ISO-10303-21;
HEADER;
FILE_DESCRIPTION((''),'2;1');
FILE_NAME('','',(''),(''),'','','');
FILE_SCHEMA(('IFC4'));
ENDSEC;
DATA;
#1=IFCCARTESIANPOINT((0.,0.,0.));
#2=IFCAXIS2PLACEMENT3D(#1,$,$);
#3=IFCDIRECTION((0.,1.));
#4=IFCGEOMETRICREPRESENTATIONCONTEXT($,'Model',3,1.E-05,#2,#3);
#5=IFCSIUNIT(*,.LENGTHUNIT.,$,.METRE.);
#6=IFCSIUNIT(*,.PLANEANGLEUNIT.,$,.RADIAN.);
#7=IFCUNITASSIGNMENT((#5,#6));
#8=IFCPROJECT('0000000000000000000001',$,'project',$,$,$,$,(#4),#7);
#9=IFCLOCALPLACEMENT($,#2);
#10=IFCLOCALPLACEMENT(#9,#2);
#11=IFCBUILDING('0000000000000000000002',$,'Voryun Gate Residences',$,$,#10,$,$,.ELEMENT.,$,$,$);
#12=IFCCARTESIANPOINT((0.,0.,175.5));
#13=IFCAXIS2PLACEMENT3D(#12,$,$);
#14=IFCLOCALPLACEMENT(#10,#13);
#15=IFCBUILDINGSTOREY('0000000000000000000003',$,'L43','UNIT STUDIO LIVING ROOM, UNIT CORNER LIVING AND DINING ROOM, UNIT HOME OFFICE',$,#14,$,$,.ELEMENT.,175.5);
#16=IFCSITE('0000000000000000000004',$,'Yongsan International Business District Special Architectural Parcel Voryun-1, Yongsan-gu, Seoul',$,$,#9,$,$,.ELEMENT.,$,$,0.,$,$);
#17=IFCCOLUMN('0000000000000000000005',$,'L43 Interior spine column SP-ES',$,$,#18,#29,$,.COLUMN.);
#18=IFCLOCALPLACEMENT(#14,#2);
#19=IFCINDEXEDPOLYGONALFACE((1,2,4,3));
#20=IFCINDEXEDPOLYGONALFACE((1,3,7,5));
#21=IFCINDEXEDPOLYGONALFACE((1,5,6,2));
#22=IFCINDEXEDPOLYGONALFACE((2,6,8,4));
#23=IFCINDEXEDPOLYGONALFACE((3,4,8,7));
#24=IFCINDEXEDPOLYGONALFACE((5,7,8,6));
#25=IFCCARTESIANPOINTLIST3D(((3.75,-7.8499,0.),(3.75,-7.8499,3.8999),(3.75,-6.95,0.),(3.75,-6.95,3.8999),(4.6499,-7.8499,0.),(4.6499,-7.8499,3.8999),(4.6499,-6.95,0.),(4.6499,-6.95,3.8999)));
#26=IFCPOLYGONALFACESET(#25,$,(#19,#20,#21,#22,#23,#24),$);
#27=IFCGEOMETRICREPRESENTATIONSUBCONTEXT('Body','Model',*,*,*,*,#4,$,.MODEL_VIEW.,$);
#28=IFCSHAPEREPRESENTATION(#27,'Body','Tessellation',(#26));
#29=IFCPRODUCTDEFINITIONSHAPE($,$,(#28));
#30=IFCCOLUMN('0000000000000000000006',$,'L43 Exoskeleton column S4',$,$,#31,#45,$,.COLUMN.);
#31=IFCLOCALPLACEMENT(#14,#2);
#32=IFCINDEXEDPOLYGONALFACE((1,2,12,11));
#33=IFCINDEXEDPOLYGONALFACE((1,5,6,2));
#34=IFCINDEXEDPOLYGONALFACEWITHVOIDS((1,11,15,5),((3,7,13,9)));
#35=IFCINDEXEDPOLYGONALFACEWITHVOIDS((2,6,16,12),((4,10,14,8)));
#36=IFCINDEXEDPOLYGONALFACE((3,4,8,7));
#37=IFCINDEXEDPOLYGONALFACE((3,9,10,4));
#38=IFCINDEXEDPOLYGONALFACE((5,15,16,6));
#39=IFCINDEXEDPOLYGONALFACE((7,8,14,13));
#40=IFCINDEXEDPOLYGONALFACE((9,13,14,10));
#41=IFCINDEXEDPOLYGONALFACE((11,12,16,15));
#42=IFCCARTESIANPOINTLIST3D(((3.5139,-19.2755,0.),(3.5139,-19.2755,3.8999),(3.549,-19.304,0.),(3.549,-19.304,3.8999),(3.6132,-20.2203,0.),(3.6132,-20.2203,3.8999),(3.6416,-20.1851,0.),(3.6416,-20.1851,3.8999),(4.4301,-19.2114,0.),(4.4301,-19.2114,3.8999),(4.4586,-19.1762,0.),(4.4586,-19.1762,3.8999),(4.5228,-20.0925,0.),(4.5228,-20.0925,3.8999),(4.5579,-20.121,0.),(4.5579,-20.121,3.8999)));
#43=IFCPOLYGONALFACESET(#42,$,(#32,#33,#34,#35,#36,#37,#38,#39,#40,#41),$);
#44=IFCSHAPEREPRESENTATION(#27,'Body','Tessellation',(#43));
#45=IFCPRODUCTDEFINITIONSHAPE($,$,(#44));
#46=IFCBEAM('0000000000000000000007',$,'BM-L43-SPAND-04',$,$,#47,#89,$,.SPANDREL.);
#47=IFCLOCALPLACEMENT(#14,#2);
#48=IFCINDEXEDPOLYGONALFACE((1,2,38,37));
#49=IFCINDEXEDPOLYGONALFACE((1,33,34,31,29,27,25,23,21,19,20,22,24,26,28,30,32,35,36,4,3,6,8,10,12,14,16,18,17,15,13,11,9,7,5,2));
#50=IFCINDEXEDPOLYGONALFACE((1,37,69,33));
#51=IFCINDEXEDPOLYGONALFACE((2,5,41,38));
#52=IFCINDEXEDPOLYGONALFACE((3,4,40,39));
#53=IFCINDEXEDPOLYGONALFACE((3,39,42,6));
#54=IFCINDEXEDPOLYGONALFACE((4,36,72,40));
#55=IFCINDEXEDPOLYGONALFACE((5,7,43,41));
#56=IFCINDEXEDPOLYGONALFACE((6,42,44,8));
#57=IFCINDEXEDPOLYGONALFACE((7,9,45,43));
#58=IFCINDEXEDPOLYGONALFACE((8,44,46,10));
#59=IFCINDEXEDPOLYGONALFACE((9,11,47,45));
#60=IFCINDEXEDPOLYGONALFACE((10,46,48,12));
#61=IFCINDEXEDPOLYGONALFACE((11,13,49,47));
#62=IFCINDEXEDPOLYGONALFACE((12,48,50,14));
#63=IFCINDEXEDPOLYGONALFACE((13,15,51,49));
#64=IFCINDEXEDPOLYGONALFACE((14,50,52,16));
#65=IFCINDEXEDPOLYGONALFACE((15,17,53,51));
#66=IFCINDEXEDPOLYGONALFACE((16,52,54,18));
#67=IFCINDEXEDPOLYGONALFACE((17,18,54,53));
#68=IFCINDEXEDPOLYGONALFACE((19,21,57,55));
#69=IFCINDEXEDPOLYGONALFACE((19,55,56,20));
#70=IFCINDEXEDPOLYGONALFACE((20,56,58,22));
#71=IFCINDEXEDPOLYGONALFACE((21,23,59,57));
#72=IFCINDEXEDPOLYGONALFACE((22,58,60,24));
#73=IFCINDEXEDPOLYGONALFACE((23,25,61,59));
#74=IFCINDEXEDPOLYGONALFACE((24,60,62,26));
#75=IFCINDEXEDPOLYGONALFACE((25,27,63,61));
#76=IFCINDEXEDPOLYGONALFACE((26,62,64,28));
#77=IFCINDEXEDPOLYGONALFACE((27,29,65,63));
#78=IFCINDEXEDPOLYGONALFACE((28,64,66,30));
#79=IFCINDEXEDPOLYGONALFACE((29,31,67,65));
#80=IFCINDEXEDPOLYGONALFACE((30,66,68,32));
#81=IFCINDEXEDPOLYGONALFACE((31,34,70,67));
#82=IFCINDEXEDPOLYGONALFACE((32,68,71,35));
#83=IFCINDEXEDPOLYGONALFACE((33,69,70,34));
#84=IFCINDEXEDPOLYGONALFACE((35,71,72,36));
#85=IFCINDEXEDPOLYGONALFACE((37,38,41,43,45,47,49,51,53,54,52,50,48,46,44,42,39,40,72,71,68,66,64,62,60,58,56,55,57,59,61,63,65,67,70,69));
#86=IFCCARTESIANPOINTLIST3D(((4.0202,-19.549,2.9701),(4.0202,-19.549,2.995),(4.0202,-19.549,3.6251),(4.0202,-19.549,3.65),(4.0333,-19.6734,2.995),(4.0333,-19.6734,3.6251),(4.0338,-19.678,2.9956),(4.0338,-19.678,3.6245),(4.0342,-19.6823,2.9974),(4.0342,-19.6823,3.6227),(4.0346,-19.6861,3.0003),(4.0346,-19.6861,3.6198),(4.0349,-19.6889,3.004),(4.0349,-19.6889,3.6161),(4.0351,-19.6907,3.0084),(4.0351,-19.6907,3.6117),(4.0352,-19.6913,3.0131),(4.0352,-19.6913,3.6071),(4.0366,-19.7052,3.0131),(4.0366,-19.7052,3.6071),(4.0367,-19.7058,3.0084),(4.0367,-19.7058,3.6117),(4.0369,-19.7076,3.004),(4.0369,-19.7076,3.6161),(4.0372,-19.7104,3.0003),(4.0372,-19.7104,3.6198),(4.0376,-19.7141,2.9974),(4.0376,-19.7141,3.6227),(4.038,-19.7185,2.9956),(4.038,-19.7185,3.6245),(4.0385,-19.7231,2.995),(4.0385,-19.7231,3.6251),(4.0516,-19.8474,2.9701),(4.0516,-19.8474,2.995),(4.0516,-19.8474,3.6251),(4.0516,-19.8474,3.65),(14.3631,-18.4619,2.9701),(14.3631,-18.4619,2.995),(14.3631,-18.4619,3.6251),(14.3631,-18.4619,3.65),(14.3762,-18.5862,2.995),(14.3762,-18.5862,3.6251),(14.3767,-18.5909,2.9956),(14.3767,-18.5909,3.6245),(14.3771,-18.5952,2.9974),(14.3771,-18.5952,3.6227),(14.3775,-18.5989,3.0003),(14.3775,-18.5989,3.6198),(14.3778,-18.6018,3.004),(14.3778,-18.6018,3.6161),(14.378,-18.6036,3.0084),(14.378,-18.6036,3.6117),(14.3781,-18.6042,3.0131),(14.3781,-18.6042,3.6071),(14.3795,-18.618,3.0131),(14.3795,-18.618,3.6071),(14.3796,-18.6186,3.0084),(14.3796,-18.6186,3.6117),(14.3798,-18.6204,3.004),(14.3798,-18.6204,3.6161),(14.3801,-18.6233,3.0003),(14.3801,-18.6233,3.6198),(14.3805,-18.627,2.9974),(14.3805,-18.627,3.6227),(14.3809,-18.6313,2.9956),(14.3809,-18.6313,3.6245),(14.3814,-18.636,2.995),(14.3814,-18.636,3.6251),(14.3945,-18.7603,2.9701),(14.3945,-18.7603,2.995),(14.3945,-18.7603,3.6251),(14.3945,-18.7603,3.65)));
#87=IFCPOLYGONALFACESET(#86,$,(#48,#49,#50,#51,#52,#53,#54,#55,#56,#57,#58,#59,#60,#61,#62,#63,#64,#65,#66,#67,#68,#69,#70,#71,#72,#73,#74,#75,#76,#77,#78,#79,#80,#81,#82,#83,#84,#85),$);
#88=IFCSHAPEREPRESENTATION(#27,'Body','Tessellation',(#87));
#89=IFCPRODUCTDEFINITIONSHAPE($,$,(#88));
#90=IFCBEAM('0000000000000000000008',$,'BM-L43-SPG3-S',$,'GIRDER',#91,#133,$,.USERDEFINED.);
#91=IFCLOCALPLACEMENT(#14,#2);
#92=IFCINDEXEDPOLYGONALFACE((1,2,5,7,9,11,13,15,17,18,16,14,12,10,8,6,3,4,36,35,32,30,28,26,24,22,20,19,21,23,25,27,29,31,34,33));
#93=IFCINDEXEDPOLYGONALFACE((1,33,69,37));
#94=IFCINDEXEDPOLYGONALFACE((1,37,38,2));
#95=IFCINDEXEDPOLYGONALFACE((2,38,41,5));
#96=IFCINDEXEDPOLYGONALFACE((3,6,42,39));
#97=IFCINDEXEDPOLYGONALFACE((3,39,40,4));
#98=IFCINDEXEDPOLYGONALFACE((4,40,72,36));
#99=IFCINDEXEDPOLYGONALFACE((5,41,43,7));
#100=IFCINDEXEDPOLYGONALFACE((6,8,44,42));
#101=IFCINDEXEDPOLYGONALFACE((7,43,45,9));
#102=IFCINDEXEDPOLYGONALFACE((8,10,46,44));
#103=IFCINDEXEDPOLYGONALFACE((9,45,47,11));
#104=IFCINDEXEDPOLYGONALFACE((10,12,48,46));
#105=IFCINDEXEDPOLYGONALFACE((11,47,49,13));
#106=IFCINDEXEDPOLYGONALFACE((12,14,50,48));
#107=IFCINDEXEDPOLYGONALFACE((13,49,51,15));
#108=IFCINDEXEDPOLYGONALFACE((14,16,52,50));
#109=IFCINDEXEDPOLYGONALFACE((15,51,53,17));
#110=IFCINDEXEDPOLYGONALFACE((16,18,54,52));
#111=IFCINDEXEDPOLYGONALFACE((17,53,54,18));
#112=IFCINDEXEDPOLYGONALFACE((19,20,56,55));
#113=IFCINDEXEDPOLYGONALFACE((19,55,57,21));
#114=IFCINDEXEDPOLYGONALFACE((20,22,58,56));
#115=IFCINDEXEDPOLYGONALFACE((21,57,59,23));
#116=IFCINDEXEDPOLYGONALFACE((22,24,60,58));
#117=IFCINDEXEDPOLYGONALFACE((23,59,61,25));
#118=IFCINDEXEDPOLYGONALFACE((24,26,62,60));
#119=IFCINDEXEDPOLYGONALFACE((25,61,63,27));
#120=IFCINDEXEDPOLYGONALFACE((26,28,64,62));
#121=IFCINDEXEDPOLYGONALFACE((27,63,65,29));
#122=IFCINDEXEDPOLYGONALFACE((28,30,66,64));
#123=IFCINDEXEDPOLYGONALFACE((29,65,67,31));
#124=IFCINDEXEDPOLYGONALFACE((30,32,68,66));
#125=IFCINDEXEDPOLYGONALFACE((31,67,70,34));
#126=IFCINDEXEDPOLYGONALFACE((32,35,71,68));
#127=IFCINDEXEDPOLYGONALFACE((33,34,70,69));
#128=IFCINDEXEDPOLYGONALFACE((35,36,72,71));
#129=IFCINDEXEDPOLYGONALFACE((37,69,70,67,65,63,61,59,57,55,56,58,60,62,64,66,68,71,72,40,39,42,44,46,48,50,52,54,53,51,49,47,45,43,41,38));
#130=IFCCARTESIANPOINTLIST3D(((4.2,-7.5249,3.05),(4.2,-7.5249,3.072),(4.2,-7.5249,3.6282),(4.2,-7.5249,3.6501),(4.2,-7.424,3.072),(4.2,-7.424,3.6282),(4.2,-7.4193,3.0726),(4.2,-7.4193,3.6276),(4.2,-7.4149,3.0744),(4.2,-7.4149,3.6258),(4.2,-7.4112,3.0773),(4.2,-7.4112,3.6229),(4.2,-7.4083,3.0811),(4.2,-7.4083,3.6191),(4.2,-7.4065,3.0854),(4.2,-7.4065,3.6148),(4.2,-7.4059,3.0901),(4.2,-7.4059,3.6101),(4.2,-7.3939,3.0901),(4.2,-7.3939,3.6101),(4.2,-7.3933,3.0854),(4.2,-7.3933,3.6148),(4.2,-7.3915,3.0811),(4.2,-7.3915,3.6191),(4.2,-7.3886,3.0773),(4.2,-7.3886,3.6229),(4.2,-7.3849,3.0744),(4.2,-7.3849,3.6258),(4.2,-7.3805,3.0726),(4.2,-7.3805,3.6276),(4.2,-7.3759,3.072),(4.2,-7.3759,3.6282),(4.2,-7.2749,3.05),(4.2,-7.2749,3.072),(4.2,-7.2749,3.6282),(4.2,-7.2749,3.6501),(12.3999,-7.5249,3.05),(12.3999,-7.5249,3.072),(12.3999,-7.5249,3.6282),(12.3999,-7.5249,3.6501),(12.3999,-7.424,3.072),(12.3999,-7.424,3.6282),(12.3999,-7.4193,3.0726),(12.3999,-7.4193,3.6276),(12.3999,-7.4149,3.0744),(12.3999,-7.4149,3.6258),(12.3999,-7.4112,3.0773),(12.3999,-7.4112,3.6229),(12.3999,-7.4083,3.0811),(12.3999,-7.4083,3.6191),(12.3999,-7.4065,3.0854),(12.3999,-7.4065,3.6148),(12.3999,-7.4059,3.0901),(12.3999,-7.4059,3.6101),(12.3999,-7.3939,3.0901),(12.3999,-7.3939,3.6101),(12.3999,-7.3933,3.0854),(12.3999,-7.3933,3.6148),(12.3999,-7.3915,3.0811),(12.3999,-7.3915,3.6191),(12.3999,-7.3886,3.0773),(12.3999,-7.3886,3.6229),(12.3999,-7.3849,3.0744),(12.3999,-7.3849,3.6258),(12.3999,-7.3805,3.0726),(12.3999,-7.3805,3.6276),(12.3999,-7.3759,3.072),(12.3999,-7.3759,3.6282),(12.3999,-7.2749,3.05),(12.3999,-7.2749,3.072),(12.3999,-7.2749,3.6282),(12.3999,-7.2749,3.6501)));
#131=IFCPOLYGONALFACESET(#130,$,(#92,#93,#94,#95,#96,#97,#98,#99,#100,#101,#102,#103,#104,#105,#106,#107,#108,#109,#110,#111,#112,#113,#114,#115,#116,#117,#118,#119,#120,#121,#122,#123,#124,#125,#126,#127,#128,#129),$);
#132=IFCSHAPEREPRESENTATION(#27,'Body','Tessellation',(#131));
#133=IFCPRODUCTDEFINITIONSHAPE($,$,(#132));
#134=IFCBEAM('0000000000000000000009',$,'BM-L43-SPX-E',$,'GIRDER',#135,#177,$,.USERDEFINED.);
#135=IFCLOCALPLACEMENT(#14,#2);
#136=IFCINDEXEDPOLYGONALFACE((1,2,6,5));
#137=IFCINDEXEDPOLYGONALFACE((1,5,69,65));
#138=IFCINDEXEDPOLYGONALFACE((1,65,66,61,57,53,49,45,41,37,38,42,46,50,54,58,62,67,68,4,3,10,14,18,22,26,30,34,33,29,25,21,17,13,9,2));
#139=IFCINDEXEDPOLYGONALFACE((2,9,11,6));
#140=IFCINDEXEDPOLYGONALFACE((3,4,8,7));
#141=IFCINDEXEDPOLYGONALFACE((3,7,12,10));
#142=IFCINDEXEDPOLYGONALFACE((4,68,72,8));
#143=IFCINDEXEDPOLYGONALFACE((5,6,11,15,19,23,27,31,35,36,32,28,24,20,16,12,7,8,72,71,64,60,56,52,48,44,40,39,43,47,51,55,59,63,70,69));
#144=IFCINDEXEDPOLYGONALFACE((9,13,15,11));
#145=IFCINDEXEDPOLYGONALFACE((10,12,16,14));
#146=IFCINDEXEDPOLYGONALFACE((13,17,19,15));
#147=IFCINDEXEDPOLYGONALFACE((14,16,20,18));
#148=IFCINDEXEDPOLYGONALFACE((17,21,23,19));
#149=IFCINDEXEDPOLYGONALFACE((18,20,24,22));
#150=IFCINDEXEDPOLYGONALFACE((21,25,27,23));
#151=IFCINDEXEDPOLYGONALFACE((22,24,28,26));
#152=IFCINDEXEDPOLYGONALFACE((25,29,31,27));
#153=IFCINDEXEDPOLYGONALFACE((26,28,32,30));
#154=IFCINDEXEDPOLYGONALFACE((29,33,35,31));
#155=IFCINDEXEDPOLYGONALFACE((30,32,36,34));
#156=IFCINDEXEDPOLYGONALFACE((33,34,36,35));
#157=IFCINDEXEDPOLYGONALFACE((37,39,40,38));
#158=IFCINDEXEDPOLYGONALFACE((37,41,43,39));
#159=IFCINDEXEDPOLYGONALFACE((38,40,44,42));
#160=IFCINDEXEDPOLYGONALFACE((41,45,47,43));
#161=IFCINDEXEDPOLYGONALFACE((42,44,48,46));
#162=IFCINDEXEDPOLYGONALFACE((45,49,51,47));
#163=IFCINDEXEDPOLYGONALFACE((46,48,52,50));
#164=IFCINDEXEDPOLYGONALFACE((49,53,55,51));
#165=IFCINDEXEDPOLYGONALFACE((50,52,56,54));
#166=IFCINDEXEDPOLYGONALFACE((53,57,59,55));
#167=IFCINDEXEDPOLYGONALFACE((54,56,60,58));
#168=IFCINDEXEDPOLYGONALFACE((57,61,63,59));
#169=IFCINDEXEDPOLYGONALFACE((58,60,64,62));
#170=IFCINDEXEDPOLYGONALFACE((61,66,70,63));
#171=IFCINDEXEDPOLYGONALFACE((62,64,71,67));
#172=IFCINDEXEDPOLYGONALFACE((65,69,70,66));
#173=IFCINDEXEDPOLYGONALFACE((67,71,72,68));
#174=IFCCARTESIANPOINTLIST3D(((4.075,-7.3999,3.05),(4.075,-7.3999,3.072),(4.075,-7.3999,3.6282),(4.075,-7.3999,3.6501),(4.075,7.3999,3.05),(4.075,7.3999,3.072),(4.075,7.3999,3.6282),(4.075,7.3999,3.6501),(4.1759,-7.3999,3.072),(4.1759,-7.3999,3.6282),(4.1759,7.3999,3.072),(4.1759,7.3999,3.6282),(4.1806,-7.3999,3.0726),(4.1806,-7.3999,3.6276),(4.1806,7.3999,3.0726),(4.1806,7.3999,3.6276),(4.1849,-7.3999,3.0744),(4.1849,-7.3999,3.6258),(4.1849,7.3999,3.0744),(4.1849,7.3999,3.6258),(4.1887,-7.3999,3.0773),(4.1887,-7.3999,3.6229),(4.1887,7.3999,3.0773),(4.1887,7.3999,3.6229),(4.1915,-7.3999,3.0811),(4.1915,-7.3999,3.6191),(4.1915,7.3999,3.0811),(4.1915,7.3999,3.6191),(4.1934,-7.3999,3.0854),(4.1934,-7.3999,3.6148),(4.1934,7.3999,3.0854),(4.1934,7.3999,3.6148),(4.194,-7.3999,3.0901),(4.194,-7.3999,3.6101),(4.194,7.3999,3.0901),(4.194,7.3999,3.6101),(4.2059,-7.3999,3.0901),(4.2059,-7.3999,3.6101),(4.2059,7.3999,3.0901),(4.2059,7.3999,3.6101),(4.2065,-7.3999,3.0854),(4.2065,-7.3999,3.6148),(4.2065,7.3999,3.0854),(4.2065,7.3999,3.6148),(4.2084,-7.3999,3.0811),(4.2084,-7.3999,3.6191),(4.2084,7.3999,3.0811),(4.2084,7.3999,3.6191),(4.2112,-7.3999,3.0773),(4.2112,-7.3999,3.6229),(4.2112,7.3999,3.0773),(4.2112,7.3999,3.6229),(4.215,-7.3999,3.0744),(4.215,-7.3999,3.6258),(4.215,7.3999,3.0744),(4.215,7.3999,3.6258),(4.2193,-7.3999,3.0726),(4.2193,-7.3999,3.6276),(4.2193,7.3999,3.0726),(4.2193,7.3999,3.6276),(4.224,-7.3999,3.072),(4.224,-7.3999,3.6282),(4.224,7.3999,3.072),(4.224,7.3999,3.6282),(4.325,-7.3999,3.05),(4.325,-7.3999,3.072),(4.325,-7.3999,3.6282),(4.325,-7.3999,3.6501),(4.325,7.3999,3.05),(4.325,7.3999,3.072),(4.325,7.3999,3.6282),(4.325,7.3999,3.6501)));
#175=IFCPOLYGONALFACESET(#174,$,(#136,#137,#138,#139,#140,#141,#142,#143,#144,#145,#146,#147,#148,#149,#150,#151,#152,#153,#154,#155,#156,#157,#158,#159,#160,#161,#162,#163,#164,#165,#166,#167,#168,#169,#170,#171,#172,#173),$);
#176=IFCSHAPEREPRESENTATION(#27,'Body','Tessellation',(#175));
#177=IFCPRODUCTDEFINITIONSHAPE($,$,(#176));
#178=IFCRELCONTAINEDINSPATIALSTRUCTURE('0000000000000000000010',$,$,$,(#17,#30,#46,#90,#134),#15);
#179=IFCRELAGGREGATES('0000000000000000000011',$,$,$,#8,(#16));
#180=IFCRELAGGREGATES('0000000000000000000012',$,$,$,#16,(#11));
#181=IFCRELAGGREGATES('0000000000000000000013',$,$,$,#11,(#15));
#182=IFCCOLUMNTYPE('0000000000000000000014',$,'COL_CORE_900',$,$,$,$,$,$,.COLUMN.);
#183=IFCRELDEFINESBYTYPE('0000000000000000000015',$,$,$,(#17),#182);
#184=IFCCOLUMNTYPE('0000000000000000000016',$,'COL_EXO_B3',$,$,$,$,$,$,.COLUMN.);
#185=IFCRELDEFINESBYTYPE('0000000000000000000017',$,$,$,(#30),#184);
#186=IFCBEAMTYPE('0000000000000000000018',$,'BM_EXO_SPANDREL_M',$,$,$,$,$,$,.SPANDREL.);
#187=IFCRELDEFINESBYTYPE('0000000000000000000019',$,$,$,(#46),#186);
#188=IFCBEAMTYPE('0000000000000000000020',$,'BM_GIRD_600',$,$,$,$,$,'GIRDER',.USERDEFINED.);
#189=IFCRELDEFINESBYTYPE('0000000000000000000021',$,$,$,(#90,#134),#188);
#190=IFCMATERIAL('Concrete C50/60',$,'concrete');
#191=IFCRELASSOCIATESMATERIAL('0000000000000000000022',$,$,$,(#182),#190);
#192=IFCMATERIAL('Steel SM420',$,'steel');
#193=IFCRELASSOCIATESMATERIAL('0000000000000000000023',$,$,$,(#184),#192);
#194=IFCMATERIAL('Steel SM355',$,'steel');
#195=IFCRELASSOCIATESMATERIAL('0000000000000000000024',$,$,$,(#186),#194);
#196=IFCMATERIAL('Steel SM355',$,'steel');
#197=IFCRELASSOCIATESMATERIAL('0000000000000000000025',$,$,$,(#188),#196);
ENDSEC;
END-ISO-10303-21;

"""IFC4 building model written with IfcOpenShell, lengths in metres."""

from ifc_helpers import new_model, si_unit, direction, frame, origin, origin_2d, place, context, subcontext, project, spatial, rectangle, hollow_rectangle, i_section, extrude, material, material_profile, profile_set, type_object, element, save


model = new_model("IFC4")

# Units and contexts
model_context = context("Model", 3, precision=1e-05, world=origin(), true_north=direction((0.0, 1.0)))
body_context = subcontext(model_context, "Body", "Model", "MODEL_VIEW")
ifc_project = project(units=[si_unit("LENGTHUNIT", "METRE"), si_unit("PLANEANGLEUNIT", "RADIAN")], contexts=[model_context])

# Site, building, storey
site_placement = place(None, origin())
site = spatial("IfcSite", under=ifc_project, at=site_placement, Name="Yongsan International Business District Special Architectural Parcel Voryun-1, Yongsan-gu, Seoul", CompositionType="ELEMENT", RefElevation=0.0)
building_placement = place(site_placement, origin())
building = spatial("IfcBuilding", under=site, at=building_placement, Name="Voryun Gate Residences", CompositionType="ELEMENT")
storey_placement = place(building_placement, frame((0.0, 0.0, 175.5)))
storey = spatial("IfcBuildingStorey", under=building, at=storey_placement, Name="L43", Description="UNIT STUDIO LIVING ROOM, UNIT CORNER LIVING AND DINING ROOM, UNIT HOME OFFICE", CompositionType="ELEMENT", Elevation=175.5)

# Columns
ifc_material_1 = material(Name="Concrete C50/60", Category="concrete")
ifc_material_profile_1 = material_profile(ifc_material_1, rectangle(XDim=0.8999, YDim=0.8999, at=origin_2d()), Name="RC-900x900")
ifc_profile_set_1 = profile_set([ifc_material_profile_1], Name="Concrete C50/60")
column_type_1 = type_object("IfcColumnType", Name="COL_CORE_900", PredefinedType="COLUMN", material=ifc_profile_set_1)
column_1_placement = place(storey_placement, frame((4.2, -7.3999, 0.0), z_axis=(0.0, 0.0, 1.0), x_axis=(1.0, 0.0, 0.0)))
element("IfcColumn", 1, at=column_1_placement, inside=storey, type_object=column_type_1, Name="L43 Interior spine column SP-ES", PredefinedType="COLUMN", context=body_context, shape_type="SweptSolid", body=[
    extrude(rectangle(XDim=0.8999, YDim=0.8999, at=origin_2d()), origin(), (0.0, 0.0, 1.0), 3.8999),
])
ifc_material_2 = material(Name="Steel SM420", Category="steel")
ifc_material_profile_2 = material_profile(ifc_material_2, hollow_rectangle(XDim=0.95, YDim=0.95, WallThickness=0.032, at=origin_2d()), Name="BOX-950x950x32")
ifc_profile_set_2 = profile_set([ifc_material_profile_2], Name="Steel SM420")
column_type_2 = type_object("IfcColumnType", Name="COL_EXO_B3", PredefinedType="COLUMN", material=ifc_profile_set_2)
column_2_placement = place(storey_placement, frame((4.0359, -19.6982, 0.0), z_axis=(0.0, 0.0, 1.0), x_axis=(0.994522, 0.104528, 0.0)))
element("IfcColumn", 2, at=column_2_placement, inside=storey, type_object=column_type_2, Name="L43 Exoskeleton column S4", PredefinedType="COLUMN", context=body_context, shape_type="SweptSolid", body=[
    extrude(hollow_rectangle(XDim=0.95, YDim=0.95, WallThickness=0.032, at=origin_2d()), origin(), (0.0, 0.0, 1.0), 3.8999),
])

# Beams
ifc_material_3 = material(Name="Steel SM355", Category="steel")
ifc_material_profile_3 = material_profile(ifc_material_3, i_section(OverallWidth=0.3, OverallDepth=0.6799, WebThickness=0.0139, FlangeThickness=0.0249, FilletRadius=0.0181, at=origin_2d()), Name="H-680x300x14x25")
ifc_profile_set_3 = profile_set([ifc_material_profile_3], Name="Steel SM355")
beam_type_1 = type_object("IfcBeamType", Name="BM_EXO_SPANDREL_M", PredefinedType="SPANDREL", material=ifc_profile_set_3)
beam_1_placement = place(storey_placement, frame((4.0359, -19.6982, 3.3101), z_axis=(0.994521, 0.104534, 0.0), x_axis=(-0.104534, 0.994521, 0.0)))
element("IfcBeam", 3, at=beam_1_placement, inside=storey, type_object=beam_type_1, Name="BM-L43-SPAND-04", PredefinedType="SPANDREL", context=body_context, shape_type="SweptSolid", body=[
    extrude(i_section(OverallWidth=0.3, OverallDepth=0.6799, WebThickness=0.0139, FlangeThickness=0.0249, FilletRadius=0.0181, at=origin_2d()), origin(), (0.0, 0.0, 1.0), 10.3999),
])
ifc_material_4 = material(Name="Steel SM355", Category="steel")
ifc_material_profile_4 = material_profile(ifc_material_4, i_section(OverallWidth=0.25, OverallDepth=0.6001, WebThickness=0.012, FlangeThickness=0.022, FilletRadius=0.0181, at=origin_2d()), Name="H-600x250x12x22")
ifc_profile_set_4 = profile_set([ifc_material_profile_4], Name="Steel SM355")
beam_type_2 = type_object("IfcBeamType", Name="BM_GIRD_600", ElementType="GIRDER", PredefinedType="USERDEFINED", material=ifc_profile_set_4)
beam_2_placement = place(storey_placement, frame((4.2, -7.3999, 3.3501), z_axis=(1.0, 0.0, 0.0), x_axis=(0.0, 1.0, 0.0)))
element("IfcBeam", 4, at=beam_2_placement, inside=storey, type_object=beam_type_2, Name="BM-L43-SPG3-S", ObjectType="GIRDER", PredefinedType="USERDEFINED", context=body_context, shape_type="SweptSolid", body=[
    extrude(i_section(OverallWidth=0.25, OverallDepth=0.6001, WebThickness=0.012, FlangeThickness=0.022, FilletRadius=0.0181, at=origin_2d()), origin(), (0.0, 0.0, 1.0), 8.2),
])
beam_3_placement = place(storey_placement, frame((4.2, -7.3999, 3.3501), z_axis=(0.0, 1.0, 0.0), x_axis=(-1.0, 0.0, 0.0)))
element("IfcBeam", 5, at=beam_3_placement, inside=storey, type_object=beam_type_2, Name="BM-L43-SPX-E", ObjectType="GIRDER", PredefinedType="USERDEFINED", context=body_context, shape_type="SweptSolid", body=[
    extrude(i_section(OverallWidth=0.25, OverallDepth=0.6001, WebThickness=0.012, FlangeThickness=0.022, FilletRadius=0.0181, at=origin_2d()), origin(), (0.0, 0.0, 1.0), 14.7998),
])

save(model, "model.ifc")
